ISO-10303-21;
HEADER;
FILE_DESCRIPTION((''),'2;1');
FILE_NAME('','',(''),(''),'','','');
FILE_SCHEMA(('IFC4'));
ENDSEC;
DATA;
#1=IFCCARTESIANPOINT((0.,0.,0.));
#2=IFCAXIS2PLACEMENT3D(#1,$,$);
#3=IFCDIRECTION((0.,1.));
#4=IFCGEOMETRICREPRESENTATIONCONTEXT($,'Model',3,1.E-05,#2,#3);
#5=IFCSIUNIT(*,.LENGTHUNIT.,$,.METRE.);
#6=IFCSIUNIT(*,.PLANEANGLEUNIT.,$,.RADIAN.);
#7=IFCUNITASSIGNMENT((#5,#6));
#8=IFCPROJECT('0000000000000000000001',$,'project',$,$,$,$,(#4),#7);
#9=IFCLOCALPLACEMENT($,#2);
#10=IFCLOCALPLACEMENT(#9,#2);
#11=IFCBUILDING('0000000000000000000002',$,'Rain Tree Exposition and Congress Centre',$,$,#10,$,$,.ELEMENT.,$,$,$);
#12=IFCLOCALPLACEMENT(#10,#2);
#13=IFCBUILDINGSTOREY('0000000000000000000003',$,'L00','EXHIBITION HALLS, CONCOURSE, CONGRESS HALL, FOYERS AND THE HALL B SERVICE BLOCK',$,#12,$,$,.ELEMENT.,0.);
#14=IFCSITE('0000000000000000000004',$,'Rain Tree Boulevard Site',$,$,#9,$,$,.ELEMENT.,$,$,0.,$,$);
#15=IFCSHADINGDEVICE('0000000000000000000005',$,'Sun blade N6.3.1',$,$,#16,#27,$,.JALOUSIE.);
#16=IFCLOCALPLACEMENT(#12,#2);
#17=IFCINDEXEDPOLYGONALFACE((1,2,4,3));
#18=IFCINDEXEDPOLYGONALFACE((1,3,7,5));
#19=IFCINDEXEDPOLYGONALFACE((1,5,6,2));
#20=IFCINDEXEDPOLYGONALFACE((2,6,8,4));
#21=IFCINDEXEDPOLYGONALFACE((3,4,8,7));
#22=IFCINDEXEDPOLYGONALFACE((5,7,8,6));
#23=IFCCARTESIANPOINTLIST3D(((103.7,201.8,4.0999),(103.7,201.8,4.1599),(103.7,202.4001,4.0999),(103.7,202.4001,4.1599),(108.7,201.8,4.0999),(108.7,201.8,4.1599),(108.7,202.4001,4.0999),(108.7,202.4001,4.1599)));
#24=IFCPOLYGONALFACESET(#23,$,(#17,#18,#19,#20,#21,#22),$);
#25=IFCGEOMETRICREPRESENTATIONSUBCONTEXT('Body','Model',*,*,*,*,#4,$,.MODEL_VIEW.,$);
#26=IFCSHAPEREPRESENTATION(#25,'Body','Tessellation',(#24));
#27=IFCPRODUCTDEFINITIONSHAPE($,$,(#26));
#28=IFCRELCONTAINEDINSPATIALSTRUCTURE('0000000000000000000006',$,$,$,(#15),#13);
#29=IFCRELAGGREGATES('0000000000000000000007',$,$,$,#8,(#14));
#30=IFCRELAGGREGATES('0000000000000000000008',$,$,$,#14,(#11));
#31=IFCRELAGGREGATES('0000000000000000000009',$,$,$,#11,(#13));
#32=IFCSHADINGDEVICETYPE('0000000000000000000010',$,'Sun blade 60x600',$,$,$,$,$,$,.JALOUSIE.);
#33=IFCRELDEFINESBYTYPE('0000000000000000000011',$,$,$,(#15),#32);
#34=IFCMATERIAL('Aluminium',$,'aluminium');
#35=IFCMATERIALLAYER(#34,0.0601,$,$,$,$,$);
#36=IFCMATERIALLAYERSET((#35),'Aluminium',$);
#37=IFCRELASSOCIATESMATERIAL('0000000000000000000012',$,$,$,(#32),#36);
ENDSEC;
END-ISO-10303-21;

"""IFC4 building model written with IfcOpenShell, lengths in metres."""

from ifc_helpers import new_model, si_unit, direction, frame, origin, origin_2d, place, context, subcontext, project, spatial, rectangle, extrude, material, layer, layer_set, type_object, element, save


model = new_model("IFC4")

# Units and contexts
model_context = context("Model", 3, precision=1e-05, world=origin(), true_north=direction((0.0, 1.0)))
body_context = subcontext(model_context, "Body", "Model", "MODEL_VIEW")
ifc_project = project(units=[si_unit("LENGTHUNIT", "METRE"), si_unit("PLANEANGLEUNIT", "RADIAN")], contexts=[model_context])

# Site, building, storey
site_placement = place(None, origin())
site = spatial("IfcSite", under=ifc_project, at=site_placement, Name="Rain Tree Boulevard Site", CompositionType="ELEMENT", RefElevation=0.0)
building_placement = place(site_placement, origin())
building = spatial("IfcBuilding", under=site, at=building_placement, Name="Rain Tree Exposition and Congress Centre", CompositionType="ELEMENT")
storey_placement = place(building_placement, origin())
storey = spatial("IfcBuildingStorey", under=building, at=storey_placement, Name="L00", Description="EXHIBITION HALLS, CONCOURSE, CONGRESS HALL, FOYERS AND THE HALL B SERVICE BLOCK", CompositionType="ELEMENT", Elevation=0.0)

# Shading device
ifc_material_1 = material(Name="Aluminium", Category="aluminium")
ifc_layer_1 = layer(ifc_material_1, 0.0601)
ifc_layer_set_1 = layer_set([ifc_layer_1], Name="Aluminium")
shading_device_type = type_object("IfcShadingDeviceType", Name="Sun blade 60x600", PredefinedType="JALOUSIE", material=ifc_layer_set_1)
shading_device_1_placement = place(storey_placement, frame((106.2, 202.1001, 4.0999), z_axis=(0.0, 0.0, 1.0), x_axis=(1.0, 0.0, 0.0)))
element("IfcShadingDevice", 1, at=shading_device_1_placement, inside=storey, type_object=shading_device_type, Name="Sun blade N6.3.1", PredefinedType="JALOUSIE", context=body_context, shape_type="SweptSolid", body=[
    extrude(rectangle(XDim=5.0, YDim=0.6001, at=origin_2d()), origin(), (0.0, 0.0, 1.0), 0.0601),
])

save(model, "model.ifc")
